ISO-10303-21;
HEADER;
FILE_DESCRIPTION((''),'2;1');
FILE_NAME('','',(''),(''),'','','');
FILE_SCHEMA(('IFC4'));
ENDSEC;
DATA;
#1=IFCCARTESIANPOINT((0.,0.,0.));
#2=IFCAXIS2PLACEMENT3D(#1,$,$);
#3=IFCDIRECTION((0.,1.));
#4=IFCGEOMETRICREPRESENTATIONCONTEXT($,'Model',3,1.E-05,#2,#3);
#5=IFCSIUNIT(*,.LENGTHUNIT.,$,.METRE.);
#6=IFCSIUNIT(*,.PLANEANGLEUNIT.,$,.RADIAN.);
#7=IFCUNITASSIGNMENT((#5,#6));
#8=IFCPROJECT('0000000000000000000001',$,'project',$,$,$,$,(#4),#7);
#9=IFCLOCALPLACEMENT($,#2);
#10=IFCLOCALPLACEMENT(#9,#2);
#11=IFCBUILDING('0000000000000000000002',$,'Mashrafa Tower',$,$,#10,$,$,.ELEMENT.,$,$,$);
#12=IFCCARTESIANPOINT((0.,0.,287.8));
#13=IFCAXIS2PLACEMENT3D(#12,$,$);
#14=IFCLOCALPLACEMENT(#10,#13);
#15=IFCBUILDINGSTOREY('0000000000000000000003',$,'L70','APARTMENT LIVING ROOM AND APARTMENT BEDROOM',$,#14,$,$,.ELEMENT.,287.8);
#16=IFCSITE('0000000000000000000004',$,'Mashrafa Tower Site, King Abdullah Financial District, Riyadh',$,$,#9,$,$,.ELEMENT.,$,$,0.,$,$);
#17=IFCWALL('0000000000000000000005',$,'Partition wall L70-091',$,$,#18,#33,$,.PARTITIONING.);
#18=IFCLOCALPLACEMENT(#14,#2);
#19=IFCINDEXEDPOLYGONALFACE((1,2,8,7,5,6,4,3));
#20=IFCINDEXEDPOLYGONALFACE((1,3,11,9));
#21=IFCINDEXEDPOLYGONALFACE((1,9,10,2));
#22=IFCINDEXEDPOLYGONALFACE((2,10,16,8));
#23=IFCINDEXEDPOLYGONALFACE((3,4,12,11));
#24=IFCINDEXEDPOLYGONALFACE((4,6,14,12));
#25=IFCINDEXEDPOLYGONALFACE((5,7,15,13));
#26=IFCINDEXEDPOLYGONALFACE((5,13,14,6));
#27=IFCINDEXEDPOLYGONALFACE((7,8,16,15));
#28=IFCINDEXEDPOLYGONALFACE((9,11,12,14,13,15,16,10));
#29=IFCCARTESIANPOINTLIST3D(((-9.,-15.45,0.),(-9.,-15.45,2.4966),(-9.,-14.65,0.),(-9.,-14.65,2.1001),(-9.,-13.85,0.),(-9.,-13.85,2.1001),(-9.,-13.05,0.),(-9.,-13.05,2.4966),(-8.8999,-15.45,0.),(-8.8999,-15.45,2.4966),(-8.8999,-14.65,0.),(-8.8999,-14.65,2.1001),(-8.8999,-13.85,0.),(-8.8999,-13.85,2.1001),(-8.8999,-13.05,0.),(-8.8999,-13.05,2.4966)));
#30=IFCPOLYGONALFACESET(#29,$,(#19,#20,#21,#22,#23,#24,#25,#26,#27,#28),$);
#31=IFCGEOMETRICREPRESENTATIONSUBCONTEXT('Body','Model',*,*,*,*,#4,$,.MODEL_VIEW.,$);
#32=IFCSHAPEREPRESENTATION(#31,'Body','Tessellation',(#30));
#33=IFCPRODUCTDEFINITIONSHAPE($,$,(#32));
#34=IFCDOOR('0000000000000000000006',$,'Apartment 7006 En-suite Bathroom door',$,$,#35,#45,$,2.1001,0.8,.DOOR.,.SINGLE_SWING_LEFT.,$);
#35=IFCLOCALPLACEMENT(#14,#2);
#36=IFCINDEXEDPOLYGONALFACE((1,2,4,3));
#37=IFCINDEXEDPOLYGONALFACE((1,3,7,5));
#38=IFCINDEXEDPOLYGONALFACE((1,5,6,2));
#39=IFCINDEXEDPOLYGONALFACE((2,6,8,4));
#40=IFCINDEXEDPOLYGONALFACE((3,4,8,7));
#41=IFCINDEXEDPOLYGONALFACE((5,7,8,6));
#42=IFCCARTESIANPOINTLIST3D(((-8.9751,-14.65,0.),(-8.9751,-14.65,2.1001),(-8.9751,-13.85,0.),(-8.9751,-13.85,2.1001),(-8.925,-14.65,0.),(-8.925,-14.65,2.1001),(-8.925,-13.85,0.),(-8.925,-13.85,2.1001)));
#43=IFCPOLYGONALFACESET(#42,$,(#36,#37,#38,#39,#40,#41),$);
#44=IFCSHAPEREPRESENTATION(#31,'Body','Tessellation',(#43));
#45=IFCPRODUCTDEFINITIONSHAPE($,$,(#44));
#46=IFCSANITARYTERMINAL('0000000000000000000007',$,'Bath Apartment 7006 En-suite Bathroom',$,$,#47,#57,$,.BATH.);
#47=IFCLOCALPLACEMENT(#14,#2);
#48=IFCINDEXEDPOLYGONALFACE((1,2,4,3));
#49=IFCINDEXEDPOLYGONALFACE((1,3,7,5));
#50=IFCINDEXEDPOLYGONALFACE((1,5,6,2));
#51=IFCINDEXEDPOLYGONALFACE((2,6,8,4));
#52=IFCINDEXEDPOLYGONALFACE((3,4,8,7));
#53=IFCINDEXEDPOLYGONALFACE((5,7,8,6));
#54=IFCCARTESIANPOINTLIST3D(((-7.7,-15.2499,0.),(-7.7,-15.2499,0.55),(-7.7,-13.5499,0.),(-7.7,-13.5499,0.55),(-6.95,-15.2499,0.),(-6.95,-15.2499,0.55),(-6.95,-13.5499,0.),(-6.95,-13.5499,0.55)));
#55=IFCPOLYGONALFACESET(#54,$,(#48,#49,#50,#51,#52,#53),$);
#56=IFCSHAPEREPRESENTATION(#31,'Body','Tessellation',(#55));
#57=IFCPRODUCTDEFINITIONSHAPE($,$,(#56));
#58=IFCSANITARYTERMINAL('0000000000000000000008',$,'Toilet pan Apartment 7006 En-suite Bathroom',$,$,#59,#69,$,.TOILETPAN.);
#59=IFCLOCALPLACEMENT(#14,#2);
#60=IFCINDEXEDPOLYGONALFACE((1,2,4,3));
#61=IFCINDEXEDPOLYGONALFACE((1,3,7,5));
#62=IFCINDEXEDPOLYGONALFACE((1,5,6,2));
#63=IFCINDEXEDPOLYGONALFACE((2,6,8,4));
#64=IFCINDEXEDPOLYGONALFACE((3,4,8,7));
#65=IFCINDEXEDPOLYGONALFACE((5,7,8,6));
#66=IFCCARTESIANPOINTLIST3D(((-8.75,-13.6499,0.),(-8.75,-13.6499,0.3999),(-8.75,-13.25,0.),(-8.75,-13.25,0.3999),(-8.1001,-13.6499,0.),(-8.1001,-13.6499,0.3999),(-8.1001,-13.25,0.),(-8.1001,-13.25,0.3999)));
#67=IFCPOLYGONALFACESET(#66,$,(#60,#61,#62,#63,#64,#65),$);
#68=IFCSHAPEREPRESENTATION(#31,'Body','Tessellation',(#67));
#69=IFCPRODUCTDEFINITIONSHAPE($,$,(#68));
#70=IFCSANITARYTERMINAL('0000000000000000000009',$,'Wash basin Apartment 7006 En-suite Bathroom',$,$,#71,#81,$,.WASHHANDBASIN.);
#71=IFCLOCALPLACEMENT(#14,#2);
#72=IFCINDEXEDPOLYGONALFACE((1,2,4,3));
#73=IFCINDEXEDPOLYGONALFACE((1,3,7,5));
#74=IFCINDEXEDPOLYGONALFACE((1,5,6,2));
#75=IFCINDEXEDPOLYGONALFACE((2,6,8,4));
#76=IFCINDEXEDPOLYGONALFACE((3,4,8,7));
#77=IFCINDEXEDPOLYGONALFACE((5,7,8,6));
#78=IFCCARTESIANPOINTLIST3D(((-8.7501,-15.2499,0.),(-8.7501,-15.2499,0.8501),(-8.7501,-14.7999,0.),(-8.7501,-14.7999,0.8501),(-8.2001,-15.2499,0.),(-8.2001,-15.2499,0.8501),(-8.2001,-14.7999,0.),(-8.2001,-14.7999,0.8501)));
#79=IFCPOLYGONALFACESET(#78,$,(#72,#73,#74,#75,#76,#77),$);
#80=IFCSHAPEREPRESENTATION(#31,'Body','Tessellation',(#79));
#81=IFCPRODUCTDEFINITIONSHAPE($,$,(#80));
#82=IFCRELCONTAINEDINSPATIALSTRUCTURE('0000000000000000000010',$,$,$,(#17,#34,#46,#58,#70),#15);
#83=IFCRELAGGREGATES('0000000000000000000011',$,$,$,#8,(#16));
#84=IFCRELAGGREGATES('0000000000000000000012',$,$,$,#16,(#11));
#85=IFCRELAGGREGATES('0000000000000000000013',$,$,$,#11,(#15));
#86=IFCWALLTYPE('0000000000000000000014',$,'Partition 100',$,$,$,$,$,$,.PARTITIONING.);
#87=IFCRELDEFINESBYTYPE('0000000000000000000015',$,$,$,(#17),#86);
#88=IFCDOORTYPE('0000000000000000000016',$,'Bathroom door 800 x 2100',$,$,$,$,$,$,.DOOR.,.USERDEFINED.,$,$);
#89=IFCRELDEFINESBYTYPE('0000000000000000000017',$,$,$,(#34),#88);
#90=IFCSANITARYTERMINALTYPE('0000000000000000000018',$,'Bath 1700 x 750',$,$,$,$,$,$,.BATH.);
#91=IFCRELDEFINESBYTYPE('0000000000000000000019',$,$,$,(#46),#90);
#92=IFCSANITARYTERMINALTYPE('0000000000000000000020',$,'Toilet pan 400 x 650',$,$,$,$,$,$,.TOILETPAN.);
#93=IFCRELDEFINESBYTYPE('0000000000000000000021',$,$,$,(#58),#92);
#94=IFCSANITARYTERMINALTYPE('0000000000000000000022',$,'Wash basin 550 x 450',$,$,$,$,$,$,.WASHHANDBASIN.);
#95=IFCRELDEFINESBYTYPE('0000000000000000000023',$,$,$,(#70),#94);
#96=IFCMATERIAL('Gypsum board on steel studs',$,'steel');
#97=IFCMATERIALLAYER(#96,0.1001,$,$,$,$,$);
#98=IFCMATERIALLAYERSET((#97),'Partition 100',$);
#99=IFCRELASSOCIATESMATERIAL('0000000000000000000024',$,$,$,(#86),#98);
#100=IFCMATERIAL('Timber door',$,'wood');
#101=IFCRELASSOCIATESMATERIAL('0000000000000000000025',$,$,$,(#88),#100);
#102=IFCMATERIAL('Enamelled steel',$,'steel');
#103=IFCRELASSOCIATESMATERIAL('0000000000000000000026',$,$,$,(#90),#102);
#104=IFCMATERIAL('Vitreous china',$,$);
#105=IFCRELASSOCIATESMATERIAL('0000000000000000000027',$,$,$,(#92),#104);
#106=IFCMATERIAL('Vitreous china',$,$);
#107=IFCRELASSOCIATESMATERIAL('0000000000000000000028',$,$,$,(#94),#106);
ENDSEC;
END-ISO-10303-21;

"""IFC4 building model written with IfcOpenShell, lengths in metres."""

from ifc_helpers import new_model, si_unit, direction, frame, frame_2d, origin, origin_2d, place, context, subcontext, project, spatial, rectangle, extrude, material, layer, layer_set, type_object, element, fill, save


model = new_model("IFC4")

# Units and contexts
model_context = context("Model", 3, precision=1e-05, world=origin(), true_north=direction((0.0, 1.0)))
body_context = subcontext(model_context, "Body", "Model", "MODEL_VIEW")
ifc_project = project(units=[si_unit("LENGTHUNIT", "METRE"), si_unit("PLANEANGLEUNIT", "RADIAN")], contexts=[model_context])

# Site, building, storey
site_placement = place(None, origin())
site = spatial("IfcSite", under=ifc_project, at=site_placement, Name="Mashrafa Tower Site, King Abdullah Financial District, Riyadh", CompositionType="ELEMENT", RefElevation=0.0)
building_placement = place(site_placement, origin())
building = spatial("IfcBuilding", under=site, at=building_placement, Name="Mashrafa Tower", CompositionType="ELEMENT")
storey_placement = place(building_placement, frame((0.0, 0.0, 287.8)))
storey = spatial("IfcBuildingStorey", under=building, at=storey_placement, Name="L70", Description="APARTMENT LIVING ROOM AND APARTMENT BEDROOM", CompositionType="ELEMENT", Elevation=287.8)

# Shared definitions
ifc_material_1 = material(Name="Gypsum board on steel studs", Category="steel")
ifc_layer_1 = layer(ifc_material_1, 0.1001)
ifc_layer_set_1 = layer_set([ifc_layer_1], Name="Partition 100")
wall_type_1 = type_object("IfcWallType", Name="Partition 100", PredefinedType="PARTITIONING", material=ifc_layer_set_1)

# Wall, opening, door
wall_1_placement = place(storey_placement, frame((-8.95, -13.05, 0.0), z_axis=(0.0, 0.0, 1.0), x_axis=(0.0, -1.0, 0.0)))
wall_1 = element("IfcWall", 1, at=wall_1_placement, inside=storey, type_object=wall_type_1, Name="Partition wall L70-091", PredefinedType="PARTITIONING", context=body_context, shape_type="SweptSolid", body=[
    extrude(rectangle(XDim=2.3999, YDim=0.1001, at=frame_2d((1.2, 0.0))), origin(), (0.0, 0.0, 1.0), 2.4966),
])
opening_1_placement = place(wall_1_placement, frame((0.8, 0.0, 0.0)))
opening_1 = element("IfcOpeningElement", 2, at=opening_1_placement, cuts=wall_1, PredefinedType="OPENING", context=body_context, shape_type="SweptSolid", body=[
    extrude(rectangle(XDim=0.8, YDim=2.1001, at=frame_2d((0.3999, 1.05))), frame((0.0, 0.0601, 0.0), z_axis=(0.0, -1.0, 0.0), x_axis=(1.0, 0.0, 0.0)), (0.0, 0.0, 1.0), 0.1201),
])
ifc_material_2 = material(Name="Timber door", Category="wood")
door_type_1 = type_object("IfcDoorType", Name="Bathroom door 800 x 2100", OperationType="USERDEFINED", PredefinedType="DOOR", material=ifc_material_2)
door_1_placement = place(opening_1_placement, origin())
door_1 = element("IfcDoor", 3, at=door_1_placement, inside=storey, type_object=door_type_1, Name="Apartment 7006 En-suite Bathroom door", OperationType="SINGLE_SWING_LEFT", OverallHeight=2.1001, OverallWidth=0.8, PredefinedType="DOOR", context=body_context, shape_type="SweptSolid", body=[
    extrude(rectangle(XDim=0.8, YDim=2.1001, at=frame_2d((0.3999, 1.05))), frame((0.0, 0.0249, 0.0), z_axis=(0.0, -1.0, 0.0), x_axis=(1.0, 0.0, 0.0)), (0.0, 0.0, 1.0), 0.05),
])
fill(opening_1, door_1)

# Sanitary terminals
ifc_material_3 = material(Name="Enamelled steel", Category="steel")
sanitary_terminal_type_1 = type_object("IfcSanitaryTerminalType", Name="Bath 1700 x 750", PredefinedType="BATH", material=ifc_material_3)
sanitary_terminal_1_placement = place(storey_placement, frame((-7.325, -14.3999, 0.0), z_axis=(0.0, 0.0, 1.0), x_axis=(0.0, 1.0, 0.0)))
element("IfcSanitaryTerminal", 4, at=sanitary_terminal_1_placement, inside=storey, type_object=sanitary_terminal_type_1, Name="Bath Apartment 7006 En-suite Bathroom", PredefinedType="BATH", context=body_context, shape_type="SweptSolid", body=[
    extrude(rectangle(XDim=1.7, YDim=0.75, at=origin_2d()), origin(), (0.0, 0.0, 1.0), 0.55),
])
ifc_material_4 = material(Name="Vitreous china")
sanitary_terminal_type_2 = type_object("IfcSanitaryTerminalType", Name="Toilet pan 400 x 650", PredefinedType="TOILETPAN", material=ifc_material_4)
sanitary_terminal_2_placement = place(storey_placement, frame((-8.425, -13.45, 0.0), z_axis=(0.0, 0.0, 1.0), x_axis=(0.0, -1.0, 0.0)))
element("IfcSanitaryTerminal", 5, at=sanitary_terminal_2_placement, inside=storey, type_object=sanitary_terminal_type_2, Name="Toilet pan Apartment 7006 En-suite Bathroom", PredefinedType="TOILETPAN", context=body_context, shape_type="SweptSolid", body=[
    extrude(rectangle(XDim=0.3999, YDim=0.6499, at=origin_2d()), origin(), (0.0, 0.0, 1.0), 0.3999),
])
ifc_material_5 = material(Name="Vitreous china")
sanitary_terminal_type_3 = type_object("IfcSanitaryTerminalType", Name="Wash basin 550 x 450", PredefinedType="WASHHANDBASIN", material=ifc_material_5)
sanitary_terminal_3_placement = place(storey_placement, frame((-8.4751, -15.0249, 0.0), z_axis=(0.0, 0.0, 1.0), x_axis=(1.0, 0.0, 0.0)))
element("IfcSanitaryTerminal", 6, at=sanitary_terminal_3_placement, inside=storey, type_object=sanitary_terminal_type_3, Name="Wash basin Apartment 7006 En-suite Bathroom", PredefinedType="WASHHANDBASIN", context=body_context, shape_type="SweptSolid", body=[
    extrude(rectangle(XDim=0.55, YDim=0.45, at=origin_2d()), origin(), (0.0, 0.0, 1.0), 0.8501),
])

save(model, "model.ifc")
